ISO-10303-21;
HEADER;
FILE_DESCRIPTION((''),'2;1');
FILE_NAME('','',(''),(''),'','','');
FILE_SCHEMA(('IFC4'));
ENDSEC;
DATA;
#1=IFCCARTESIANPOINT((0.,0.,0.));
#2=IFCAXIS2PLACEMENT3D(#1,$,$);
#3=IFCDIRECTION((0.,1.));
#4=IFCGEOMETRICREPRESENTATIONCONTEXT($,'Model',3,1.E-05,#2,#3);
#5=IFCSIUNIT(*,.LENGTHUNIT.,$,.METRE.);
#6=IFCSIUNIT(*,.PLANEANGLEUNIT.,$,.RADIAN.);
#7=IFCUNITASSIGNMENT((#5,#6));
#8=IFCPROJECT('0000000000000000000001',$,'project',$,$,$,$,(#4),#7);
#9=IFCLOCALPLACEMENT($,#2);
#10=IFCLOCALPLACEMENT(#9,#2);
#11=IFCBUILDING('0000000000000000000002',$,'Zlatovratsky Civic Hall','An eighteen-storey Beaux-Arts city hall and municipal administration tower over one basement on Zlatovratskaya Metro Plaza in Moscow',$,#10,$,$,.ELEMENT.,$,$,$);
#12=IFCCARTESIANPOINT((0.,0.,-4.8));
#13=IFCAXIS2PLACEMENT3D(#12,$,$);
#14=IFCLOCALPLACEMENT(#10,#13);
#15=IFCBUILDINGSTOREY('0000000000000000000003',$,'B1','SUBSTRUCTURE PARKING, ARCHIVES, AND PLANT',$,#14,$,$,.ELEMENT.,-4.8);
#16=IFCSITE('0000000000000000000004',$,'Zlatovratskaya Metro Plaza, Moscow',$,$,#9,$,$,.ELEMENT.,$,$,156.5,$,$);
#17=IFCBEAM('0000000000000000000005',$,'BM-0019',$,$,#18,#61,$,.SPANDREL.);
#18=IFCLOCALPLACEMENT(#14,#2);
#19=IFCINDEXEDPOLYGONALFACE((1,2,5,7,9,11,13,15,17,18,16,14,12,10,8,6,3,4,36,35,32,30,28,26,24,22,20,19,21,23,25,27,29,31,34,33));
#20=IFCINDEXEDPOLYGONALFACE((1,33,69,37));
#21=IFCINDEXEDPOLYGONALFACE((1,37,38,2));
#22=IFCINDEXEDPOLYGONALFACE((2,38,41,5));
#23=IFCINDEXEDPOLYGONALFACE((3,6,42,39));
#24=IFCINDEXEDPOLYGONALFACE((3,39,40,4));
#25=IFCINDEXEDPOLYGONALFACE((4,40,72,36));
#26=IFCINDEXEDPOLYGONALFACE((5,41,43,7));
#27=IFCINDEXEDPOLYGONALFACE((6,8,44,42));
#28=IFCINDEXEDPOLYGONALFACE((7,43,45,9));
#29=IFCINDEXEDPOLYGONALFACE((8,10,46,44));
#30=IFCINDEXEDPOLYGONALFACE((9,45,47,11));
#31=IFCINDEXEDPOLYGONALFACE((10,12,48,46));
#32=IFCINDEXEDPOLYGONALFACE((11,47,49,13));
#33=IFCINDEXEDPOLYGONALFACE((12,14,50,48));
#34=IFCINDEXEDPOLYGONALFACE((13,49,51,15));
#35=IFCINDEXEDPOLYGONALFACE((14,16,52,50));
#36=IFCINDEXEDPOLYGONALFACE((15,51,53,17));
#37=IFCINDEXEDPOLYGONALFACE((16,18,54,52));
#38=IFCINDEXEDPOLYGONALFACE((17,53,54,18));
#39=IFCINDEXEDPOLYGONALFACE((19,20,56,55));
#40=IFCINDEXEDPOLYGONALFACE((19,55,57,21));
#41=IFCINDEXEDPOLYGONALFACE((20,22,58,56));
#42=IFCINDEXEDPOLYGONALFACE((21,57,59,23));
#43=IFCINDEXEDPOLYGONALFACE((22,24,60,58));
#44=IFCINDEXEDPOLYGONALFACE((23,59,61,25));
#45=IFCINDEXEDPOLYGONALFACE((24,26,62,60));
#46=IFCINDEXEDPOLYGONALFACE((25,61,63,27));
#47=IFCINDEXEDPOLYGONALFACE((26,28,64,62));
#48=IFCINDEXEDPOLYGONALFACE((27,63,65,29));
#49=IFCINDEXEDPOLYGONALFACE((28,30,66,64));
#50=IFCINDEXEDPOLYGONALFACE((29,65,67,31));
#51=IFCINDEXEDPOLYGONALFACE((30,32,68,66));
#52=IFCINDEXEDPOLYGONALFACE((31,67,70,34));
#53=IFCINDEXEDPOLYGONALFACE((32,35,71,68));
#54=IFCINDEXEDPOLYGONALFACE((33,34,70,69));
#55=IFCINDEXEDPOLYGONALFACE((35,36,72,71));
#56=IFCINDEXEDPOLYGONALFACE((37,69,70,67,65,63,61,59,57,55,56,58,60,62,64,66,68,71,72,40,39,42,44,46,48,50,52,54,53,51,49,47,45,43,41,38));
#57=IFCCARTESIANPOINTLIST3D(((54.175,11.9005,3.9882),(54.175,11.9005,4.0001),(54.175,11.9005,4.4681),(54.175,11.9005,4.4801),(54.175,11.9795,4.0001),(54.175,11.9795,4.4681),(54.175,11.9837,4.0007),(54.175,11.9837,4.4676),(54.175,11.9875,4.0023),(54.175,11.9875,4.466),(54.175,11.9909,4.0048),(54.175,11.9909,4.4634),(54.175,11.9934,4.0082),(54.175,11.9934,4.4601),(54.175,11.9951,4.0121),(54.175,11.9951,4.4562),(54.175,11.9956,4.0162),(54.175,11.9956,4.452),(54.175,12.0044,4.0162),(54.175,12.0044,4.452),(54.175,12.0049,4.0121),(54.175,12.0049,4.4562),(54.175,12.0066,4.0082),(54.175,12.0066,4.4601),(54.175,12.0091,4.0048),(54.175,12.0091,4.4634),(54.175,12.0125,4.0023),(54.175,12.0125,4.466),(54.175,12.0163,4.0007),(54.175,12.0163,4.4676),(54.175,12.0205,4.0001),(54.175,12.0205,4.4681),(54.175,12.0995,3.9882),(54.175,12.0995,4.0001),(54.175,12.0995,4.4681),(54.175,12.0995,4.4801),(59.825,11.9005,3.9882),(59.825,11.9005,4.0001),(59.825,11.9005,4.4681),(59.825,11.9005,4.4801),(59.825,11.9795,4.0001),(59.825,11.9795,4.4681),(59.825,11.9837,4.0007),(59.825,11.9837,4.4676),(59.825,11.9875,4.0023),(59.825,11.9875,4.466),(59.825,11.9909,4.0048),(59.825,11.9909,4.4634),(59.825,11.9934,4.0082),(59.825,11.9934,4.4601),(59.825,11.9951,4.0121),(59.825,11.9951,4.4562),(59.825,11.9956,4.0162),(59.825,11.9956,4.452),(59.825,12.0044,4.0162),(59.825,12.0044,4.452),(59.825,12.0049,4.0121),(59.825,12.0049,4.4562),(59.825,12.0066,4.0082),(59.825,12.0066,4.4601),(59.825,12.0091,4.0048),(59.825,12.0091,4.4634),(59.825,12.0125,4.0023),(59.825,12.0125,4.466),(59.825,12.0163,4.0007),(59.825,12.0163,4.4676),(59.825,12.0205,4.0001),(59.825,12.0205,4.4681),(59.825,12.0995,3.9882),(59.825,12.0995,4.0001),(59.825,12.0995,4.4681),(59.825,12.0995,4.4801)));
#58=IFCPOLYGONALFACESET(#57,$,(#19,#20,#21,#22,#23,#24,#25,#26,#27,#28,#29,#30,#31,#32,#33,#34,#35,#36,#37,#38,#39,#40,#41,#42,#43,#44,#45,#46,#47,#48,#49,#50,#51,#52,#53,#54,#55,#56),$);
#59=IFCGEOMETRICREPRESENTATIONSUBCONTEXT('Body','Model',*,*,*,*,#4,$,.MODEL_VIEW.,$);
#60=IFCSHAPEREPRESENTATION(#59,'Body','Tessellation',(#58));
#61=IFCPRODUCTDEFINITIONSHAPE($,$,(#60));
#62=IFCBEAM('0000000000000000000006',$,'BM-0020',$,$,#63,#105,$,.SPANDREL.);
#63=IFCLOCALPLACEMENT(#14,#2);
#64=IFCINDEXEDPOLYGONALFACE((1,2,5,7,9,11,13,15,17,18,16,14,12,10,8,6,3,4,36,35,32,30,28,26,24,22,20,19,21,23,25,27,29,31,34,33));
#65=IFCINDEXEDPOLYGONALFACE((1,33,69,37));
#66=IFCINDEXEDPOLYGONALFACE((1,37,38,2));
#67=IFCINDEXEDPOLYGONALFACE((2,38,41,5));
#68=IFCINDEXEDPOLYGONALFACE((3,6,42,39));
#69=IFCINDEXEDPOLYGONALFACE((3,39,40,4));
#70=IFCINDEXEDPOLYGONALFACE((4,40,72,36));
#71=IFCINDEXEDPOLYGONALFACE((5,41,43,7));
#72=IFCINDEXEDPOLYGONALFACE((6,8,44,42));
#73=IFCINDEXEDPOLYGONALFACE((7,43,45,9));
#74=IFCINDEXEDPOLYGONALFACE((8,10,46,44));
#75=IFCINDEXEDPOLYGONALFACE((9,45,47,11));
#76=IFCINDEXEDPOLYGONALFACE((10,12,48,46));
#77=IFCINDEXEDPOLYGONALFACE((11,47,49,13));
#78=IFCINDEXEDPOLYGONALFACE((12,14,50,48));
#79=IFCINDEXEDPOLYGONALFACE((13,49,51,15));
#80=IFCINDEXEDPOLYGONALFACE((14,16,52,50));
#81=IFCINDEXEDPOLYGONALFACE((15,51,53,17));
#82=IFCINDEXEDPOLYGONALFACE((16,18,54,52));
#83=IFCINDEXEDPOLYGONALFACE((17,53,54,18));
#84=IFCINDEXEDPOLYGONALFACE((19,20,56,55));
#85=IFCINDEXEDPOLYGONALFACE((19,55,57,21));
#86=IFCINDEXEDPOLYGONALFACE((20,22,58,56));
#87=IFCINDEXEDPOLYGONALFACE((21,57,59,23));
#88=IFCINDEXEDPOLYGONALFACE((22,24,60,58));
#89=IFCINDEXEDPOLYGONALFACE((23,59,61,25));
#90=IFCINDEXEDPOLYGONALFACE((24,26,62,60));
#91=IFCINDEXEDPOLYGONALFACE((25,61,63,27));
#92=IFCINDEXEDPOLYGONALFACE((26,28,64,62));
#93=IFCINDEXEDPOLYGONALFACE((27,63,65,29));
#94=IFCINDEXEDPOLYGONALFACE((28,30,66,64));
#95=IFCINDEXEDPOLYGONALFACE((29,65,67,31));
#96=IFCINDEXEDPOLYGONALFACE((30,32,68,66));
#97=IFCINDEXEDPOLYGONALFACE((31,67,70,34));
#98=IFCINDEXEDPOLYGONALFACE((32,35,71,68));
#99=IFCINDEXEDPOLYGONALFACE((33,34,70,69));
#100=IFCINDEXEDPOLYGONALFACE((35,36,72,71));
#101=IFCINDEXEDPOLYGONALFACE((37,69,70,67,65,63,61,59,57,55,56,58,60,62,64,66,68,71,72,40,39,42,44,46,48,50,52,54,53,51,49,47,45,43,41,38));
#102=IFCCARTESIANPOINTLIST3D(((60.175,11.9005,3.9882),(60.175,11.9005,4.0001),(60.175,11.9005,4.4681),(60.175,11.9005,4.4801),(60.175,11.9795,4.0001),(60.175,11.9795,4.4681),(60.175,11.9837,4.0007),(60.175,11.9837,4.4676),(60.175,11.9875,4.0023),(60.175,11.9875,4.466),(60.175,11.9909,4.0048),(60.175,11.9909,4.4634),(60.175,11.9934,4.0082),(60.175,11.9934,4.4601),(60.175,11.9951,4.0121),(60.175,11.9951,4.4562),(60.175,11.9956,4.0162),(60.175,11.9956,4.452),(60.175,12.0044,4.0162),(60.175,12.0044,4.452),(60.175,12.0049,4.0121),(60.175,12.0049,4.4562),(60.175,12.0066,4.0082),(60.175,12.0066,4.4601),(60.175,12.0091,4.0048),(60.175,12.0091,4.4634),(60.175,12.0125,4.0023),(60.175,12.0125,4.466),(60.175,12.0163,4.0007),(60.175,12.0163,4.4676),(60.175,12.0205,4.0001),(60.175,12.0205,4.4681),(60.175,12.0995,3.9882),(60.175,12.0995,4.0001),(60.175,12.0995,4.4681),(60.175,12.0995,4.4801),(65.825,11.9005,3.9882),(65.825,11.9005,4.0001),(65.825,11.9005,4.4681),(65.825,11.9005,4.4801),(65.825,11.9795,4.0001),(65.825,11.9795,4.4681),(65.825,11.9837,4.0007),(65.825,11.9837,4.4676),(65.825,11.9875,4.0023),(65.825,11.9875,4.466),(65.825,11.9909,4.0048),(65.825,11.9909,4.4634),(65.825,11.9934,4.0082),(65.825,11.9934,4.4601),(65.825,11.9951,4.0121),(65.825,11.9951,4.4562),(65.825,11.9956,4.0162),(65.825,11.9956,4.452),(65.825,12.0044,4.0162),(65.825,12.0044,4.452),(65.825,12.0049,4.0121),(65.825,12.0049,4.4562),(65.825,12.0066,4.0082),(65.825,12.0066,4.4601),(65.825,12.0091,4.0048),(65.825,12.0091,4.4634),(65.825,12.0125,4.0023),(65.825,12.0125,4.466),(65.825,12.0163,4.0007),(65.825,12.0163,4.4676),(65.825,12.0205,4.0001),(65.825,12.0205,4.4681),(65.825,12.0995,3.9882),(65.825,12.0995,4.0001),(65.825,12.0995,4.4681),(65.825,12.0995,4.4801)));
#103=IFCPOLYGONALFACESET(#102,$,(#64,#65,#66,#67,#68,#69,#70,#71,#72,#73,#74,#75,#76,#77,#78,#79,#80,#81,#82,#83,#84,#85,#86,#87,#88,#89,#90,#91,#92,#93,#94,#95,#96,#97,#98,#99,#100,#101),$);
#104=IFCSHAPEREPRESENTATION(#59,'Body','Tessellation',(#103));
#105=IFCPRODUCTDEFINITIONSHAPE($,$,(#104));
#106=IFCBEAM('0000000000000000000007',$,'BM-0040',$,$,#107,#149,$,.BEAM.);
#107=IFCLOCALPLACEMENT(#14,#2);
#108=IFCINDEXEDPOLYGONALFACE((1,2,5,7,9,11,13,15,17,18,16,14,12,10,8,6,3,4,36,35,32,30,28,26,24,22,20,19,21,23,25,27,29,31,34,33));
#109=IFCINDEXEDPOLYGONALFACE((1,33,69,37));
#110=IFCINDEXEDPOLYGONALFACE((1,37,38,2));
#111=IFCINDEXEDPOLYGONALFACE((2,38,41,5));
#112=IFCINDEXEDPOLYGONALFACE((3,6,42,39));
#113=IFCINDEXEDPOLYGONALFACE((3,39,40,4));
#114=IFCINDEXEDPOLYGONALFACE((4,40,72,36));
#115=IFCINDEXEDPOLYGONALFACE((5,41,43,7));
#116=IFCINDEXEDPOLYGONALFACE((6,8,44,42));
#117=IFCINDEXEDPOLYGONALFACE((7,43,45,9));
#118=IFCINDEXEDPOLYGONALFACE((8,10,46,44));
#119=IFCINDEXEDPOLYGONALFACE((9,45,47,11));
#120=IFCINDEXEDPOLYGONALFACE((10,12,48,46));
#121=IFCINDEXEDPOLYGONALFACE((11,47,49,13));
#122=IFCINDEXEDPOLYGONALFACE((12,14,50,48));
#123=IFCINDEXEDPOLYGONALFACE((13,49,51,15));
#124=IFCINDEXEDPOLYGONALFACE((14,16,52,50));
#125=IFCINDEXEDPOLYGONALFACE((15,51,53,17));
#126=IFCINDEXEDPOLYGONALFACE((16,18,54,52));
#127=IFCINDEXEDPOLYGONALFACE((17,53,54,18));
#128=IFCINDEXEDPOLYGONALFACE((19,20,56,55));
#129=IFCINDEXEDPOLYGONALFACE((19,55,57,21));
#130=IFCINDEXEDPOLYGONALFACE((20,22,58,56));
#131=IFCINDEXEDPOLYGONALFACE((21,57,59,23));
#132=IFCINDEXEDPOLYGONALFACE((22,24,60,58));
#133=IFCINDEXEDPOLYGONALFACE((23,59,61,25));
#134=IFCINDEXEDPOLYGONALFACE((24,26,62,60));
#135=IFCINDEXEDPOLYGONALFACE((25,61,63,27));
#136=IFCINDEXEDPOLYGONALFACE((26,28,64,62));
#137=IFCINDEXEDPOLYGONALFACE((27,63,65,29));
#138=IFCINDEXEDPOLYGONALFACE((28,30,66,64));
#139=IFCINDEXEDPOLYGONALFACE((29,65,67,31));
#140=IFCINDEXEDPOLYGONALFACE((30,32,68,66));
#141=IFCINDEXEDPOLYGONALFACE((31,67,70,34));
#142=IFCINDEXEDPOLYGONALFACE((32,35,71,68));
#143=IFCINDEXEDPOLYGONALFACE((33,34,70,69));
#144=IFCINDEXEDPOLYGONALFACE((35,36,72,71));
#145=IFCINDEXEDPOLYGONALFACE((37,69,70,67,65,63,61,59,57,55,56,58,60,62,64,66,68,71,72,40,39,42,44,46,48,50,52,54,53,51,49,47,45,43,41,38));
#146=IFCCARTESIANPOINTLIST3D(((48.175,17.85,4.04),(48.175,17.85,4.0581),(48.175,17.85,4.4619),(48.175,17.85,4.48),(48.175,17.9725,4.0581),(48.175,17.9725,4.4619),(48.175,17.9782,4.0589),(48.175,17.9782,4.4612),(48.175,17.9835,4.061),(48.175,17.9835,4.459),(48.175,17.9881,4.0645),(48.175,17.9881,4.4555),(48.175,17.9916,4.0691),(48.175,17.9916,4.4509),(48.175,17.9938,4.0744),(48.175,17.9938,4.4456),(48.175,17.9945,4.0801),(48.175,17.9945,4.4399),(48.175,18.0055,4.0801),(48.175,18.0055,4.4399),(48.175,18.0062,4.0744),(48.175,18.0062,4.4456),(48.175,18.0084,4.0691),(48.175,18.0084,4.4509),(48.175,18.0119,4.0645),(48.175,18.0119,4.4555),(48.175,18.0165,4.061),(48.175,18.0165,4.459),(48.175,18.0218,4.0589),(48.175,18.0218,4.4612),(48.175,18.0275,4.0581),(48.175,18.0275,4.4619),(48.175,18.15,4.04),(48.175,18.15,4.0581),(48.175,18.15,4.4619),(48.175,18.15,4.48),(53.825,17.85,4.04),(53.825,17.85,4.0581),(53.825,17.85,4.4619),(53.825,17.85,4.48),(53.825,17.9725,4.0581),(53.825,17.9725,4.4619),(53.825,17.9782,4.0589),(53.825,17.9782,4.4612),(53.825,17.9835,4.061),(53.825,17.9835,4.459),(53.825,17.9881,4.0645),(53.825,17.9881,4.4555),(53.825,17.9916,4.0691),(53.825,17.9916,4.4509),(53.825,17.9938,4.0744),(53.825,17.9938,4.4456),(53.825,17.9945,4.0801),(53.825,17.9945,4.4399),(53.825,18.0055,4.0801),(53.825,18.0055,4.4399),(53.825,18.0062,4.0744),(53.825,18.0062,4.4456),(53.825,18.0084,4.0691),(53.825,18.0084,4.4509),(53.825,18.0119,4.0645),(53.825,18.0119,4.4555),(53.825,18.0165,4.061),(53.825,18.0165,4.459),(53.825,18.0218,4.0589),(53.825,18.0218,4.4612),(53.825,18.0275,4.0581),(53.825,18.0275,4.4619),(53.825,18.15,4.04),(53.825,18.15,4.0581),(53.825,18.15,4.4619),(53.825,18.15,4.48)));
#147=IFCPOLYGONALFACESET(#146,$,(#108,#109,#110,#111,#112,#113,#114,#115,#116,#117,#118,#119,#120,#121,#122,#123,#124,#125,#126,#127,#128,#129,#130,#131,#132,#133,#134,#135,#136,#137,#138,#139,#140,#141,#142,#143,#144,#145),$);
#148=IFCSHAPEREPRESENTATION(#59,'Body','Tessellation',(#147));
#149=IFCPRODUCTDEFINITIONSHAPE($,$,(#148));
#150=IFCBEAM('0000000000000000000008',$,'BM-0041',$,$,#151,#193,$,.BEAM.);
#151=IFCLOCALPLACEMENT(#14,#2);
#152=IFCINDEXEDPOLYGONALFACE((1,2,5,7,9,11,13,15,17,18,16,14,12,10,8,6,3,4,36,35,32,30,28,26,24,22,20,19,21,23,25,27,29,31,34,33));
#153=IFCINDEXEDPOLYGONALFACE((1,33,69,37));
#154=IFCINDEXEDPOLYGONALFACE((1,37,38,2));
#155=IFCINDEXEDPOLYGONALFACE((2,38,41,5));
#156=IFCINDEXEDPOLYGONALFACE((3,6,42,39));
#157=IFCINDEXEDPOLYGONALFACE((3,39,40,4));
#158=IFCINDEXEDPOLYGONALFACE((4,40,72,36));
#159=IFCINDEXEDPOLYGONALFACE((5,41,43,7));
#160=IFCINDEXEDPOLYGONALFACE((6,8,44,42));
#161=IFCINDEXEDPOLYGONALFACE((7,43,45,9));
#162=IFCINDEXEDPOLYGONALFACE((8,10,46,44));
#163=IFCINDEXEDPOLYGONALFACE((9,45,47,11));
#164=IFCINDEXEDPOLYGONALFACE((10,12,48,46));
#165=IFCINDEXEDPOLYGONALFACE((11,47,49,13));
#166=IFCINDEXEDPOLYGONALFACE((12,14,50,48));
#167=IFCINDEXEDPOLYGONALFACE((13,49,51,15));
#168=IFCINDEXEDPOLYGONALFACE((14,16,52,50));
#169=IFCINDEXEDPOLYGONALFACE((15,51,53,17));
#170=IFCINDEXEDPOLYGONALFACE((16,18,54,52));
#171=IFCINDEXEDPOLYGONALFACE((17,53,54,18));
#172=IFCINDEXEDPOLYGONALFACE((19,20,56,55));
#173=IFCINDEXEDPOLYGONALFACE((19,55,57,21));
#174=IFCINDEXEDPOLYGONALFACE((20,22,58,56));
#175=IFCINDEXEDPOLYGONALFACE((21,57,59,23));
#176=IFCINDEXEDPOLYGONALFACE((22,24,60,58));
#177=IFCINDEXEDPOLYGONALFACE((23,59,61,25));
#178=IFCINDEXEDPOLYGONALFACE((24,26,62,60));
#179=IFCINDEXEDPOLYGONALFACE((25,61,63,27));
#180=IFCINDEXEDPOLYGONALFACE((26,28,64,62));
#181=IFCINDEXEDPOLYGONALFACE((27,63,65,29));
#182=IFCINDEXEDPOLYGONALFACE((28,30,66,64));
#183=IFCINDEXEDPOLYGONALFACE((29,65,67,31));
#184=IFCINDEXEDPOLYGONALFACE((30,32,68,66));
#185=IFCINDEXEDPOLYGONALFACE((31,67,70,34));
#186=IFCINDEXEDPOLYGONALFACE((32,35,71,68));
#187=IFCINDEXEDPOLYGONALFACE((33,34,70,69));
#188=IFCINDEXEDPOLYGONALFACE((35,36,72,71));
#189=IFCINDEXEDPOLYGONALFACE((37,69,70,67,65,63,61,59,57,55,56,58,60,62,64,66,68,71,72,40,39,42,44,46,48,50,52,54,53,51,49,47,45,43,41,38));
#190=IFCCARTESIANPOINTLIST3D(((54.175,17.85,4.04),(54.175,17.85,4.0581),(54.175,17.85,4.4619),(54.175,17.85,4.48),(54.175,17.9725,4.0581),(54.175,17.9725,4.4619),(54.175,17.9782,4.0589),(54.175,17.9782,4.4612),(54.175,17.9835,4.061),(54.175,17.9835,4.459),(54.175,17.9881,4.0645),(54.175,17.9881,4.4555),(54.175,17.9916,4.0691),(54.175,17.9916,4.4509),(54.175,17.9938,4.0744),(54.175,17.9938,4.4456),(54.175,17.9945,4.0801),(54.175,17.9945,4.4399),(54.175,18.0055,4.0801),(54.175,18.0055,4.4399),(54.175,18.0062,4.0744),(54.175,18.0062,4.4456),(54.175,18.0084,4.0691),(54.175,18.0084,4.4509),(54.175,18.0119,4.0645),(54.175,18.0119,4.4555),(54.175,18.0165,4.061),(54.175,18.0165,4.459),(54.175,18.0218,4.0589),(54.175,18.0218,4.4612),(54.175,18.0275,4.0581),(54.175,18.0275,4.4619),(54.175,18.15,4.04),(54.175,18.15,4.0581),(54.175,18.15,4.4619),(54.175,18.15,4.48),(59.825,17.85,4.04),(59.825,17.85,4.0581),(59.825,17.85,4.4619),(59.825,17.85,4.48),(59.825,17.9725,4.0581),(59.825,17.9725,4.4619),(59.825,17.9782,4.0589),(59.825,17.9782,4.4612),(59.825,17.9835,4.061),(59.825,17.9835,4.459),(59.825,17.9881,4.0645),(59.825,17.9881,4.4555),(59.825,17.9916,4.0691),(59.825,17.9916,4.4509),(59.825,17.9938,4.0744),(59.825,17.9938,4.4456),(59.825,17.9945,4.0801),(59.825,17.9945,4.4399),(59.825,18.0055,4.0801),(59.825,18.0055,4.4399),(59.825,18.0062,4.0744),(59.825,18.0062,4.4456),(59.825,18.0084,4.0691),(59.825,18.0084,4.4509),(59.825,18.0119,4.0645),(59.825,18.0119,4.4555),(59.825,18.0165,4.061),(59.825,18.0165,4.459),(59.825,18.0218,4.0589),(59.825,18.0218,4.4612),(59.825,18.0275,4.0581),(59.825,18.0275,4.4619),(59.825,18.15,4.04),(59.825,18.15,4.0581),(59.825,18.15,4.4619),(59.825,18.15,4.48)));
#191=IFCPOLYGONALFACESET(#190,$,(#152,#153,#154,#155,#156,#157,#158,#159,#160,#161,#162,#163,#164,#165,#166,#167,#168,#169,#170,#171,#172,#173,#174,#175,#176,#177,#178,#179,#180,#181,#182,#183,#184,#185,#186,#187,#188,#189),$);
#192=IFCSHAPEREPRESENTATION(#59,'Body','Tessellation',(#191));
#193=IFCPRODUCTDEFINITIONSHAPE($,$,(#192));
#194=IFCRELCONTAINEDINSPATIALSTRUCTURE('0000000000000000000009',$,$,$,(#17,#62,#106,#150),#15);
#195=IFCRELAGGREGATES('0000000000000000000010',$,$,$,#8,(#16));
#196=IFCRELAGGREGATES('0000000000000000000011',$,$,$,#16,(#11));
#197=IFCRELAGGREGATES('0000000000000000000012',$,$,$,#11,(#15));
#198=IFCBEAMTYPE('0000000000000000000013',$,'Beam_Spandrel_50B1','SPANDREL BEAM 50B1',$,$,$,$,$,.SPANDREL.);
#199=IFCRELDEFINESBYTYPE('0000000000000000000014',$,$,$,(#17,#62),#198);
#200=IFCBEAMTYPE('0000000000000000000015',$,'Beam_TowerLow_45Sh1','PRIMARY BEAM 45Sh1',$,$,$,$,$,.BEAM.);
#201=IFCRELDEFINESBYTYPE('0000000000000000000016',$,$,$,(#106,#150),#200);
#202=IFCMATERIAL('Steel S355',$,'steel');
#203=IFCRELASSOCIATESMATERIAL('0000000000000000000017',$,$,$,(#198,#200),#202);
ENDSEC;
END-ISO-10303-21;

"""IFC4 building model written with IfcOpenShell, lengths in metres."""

from ifc_helpers import new_model, si_unit, direction, frame, origin, origin_2d, place, context, subcontext, project, spatial, i_section, extrude, material, material_profile, profile_set, type_object, element, save


model = new_model("IFC4")

# Units and contexts
model_context = context("Model", 3, precision=1e-05, world=origin(), true_north=direction((0.0, 1.0)))
body_context = subcontext(model_context, "Body", "Model", "MODEL_VIEW")
ifc_project = project(units=[si_unit("LENGTHUNIT", "METRE"), si_unit("PLANEANGLEUNIT", "RADIAN")], contexts=[model_context])

# Site, building, storey
site_placement = place(None, origin())
site = spatial("IfcSite", under=ifc_project, at=site_placement, Name="Zlatovratskaya Metro Plaza, Moscow", CompositionType="ELEMENT", RefElevation=156.5)
building_placement = place(site_placement, origin())
building = spatial("IfcBuilding", under=site, at=building_placement, Name="Zlatovratsky Civic Hall", Description="An eighteen-storey Beaux-Arts city hall and municipal administration tower over one basement on Zlatovratskaya Metro Plaza in Moscow", CompositionType="ELEMENT")
storey_placement = place(building_placement, frame((0.0, 0.0, -4.8)))
storey = spatial("IfcBuildingStorey", under=building, at=storey_placement, Name="B1", Description="SUBSTRUCTURE PARKING, ARCHIVES, AND PLANT", CompositionType="ELEMENT", Elevation=-4.8)

# Shared definitions
ifc_material_1 = material(Name="Steel S355", Category="steel")

# Beams
ifc_material_profile_1 = material_profile(ifc_material_1, i_section(OverallWidth=0.199, OverallDepth=0.4919, WebThickness=0.0088, FlangeThickness=0.012, FilletRadius=0.0161, at=origin_2d()), Name="50B1")
ifc_profile_set_1 = profile_set([ifc_material_profile_1], Name="Steel S355")
beam_type_1 = type_object("IfcBeamType", Name="Beam_Spandrel_50B1", Description="SPANDREL BEAM 50B1", PredefinedType="SPANDREL", material=ifc_profile_set_1)
for number, where, z_axis, x_axis, name in (
    (1, (54.175, 12.0, 4.2341), (1.0, 0.0, 0.0), (0.0, 1.0, 0.0), "BM-0019"),
    (2, (60.175, 12.0, 4.2341), (1.0, 0.0, 0.0), (0.0, 1.0, 0.0), "BM-0020"),
):
    element("IfcBeam", number, at=place(storey_placement, frame(where, z_axis=z_axis, x_axis=x_axis)), inside=storey, type_object=beam_type_1, Name=name, PredefinedType="SPANDREL", context=body_context, shape_type="SweptSolid", body=[
        extrude(i_section(OverallWidth=0.199, OverallDepth=0.4919, WebThickness=0.0088, FlangeThickness=0.012, FilletRadius=0.0161, at=origin_2d()), origin(), (0.0, 0.0, 1.0), 5.6499),
    ])
ifc_material_profile_2 = material_profile(ifc_material_1, i_section(OverallWidth=0.3, OverallDepth=0.4399, WebThickness=0.011, FlangeThickness=0.0181, FilletRadius=0.022, at=origin_2d()), Name="45Sh1")
ifc_profile_set_2 = profile_set([ifc_material_profile_2], Name="Steel S355")
beam_type_2 = type_object("IfcBeamType", Name="Beam_TowerLow_45Sh1", Description="PRIMARY BEAM 45Sh1", PredefinedType="BEAM", material=ifc_profile_set_2)
for number, where, z_axis, x_axis, name in (
    (3, (48.175, 18.0, 4.26), (1.0, 0.0, 0.0), (0.0, 1.0, 0.0), "BM-0040"),
    (4, (54.175, 18.0, 4.26), (1.0, 0.0, 0.0), (0.0, 1.0, 0.0), "BM-0041"),
):
    element("IfcBeam", number, at=place(storey_placement, frame(where, z_axis=z_axis, x_axis=x_axis)), inside=storey, type_object=beam_type_2, Name=name, PredefinedType="BEAM", context=body_context, shape_type="SweptSolid", body=[
        extrude(i_section(OverallWidth=0.3, OverallDepth=0.4399, WebThickness=0.011, FlangeThickness=0.0181, FilletRadius=0.022, at=origin_2d()), origin(), (0.0, 0.0, 1.0), 5.6499),
    ])

save(model, "model.ifc")
